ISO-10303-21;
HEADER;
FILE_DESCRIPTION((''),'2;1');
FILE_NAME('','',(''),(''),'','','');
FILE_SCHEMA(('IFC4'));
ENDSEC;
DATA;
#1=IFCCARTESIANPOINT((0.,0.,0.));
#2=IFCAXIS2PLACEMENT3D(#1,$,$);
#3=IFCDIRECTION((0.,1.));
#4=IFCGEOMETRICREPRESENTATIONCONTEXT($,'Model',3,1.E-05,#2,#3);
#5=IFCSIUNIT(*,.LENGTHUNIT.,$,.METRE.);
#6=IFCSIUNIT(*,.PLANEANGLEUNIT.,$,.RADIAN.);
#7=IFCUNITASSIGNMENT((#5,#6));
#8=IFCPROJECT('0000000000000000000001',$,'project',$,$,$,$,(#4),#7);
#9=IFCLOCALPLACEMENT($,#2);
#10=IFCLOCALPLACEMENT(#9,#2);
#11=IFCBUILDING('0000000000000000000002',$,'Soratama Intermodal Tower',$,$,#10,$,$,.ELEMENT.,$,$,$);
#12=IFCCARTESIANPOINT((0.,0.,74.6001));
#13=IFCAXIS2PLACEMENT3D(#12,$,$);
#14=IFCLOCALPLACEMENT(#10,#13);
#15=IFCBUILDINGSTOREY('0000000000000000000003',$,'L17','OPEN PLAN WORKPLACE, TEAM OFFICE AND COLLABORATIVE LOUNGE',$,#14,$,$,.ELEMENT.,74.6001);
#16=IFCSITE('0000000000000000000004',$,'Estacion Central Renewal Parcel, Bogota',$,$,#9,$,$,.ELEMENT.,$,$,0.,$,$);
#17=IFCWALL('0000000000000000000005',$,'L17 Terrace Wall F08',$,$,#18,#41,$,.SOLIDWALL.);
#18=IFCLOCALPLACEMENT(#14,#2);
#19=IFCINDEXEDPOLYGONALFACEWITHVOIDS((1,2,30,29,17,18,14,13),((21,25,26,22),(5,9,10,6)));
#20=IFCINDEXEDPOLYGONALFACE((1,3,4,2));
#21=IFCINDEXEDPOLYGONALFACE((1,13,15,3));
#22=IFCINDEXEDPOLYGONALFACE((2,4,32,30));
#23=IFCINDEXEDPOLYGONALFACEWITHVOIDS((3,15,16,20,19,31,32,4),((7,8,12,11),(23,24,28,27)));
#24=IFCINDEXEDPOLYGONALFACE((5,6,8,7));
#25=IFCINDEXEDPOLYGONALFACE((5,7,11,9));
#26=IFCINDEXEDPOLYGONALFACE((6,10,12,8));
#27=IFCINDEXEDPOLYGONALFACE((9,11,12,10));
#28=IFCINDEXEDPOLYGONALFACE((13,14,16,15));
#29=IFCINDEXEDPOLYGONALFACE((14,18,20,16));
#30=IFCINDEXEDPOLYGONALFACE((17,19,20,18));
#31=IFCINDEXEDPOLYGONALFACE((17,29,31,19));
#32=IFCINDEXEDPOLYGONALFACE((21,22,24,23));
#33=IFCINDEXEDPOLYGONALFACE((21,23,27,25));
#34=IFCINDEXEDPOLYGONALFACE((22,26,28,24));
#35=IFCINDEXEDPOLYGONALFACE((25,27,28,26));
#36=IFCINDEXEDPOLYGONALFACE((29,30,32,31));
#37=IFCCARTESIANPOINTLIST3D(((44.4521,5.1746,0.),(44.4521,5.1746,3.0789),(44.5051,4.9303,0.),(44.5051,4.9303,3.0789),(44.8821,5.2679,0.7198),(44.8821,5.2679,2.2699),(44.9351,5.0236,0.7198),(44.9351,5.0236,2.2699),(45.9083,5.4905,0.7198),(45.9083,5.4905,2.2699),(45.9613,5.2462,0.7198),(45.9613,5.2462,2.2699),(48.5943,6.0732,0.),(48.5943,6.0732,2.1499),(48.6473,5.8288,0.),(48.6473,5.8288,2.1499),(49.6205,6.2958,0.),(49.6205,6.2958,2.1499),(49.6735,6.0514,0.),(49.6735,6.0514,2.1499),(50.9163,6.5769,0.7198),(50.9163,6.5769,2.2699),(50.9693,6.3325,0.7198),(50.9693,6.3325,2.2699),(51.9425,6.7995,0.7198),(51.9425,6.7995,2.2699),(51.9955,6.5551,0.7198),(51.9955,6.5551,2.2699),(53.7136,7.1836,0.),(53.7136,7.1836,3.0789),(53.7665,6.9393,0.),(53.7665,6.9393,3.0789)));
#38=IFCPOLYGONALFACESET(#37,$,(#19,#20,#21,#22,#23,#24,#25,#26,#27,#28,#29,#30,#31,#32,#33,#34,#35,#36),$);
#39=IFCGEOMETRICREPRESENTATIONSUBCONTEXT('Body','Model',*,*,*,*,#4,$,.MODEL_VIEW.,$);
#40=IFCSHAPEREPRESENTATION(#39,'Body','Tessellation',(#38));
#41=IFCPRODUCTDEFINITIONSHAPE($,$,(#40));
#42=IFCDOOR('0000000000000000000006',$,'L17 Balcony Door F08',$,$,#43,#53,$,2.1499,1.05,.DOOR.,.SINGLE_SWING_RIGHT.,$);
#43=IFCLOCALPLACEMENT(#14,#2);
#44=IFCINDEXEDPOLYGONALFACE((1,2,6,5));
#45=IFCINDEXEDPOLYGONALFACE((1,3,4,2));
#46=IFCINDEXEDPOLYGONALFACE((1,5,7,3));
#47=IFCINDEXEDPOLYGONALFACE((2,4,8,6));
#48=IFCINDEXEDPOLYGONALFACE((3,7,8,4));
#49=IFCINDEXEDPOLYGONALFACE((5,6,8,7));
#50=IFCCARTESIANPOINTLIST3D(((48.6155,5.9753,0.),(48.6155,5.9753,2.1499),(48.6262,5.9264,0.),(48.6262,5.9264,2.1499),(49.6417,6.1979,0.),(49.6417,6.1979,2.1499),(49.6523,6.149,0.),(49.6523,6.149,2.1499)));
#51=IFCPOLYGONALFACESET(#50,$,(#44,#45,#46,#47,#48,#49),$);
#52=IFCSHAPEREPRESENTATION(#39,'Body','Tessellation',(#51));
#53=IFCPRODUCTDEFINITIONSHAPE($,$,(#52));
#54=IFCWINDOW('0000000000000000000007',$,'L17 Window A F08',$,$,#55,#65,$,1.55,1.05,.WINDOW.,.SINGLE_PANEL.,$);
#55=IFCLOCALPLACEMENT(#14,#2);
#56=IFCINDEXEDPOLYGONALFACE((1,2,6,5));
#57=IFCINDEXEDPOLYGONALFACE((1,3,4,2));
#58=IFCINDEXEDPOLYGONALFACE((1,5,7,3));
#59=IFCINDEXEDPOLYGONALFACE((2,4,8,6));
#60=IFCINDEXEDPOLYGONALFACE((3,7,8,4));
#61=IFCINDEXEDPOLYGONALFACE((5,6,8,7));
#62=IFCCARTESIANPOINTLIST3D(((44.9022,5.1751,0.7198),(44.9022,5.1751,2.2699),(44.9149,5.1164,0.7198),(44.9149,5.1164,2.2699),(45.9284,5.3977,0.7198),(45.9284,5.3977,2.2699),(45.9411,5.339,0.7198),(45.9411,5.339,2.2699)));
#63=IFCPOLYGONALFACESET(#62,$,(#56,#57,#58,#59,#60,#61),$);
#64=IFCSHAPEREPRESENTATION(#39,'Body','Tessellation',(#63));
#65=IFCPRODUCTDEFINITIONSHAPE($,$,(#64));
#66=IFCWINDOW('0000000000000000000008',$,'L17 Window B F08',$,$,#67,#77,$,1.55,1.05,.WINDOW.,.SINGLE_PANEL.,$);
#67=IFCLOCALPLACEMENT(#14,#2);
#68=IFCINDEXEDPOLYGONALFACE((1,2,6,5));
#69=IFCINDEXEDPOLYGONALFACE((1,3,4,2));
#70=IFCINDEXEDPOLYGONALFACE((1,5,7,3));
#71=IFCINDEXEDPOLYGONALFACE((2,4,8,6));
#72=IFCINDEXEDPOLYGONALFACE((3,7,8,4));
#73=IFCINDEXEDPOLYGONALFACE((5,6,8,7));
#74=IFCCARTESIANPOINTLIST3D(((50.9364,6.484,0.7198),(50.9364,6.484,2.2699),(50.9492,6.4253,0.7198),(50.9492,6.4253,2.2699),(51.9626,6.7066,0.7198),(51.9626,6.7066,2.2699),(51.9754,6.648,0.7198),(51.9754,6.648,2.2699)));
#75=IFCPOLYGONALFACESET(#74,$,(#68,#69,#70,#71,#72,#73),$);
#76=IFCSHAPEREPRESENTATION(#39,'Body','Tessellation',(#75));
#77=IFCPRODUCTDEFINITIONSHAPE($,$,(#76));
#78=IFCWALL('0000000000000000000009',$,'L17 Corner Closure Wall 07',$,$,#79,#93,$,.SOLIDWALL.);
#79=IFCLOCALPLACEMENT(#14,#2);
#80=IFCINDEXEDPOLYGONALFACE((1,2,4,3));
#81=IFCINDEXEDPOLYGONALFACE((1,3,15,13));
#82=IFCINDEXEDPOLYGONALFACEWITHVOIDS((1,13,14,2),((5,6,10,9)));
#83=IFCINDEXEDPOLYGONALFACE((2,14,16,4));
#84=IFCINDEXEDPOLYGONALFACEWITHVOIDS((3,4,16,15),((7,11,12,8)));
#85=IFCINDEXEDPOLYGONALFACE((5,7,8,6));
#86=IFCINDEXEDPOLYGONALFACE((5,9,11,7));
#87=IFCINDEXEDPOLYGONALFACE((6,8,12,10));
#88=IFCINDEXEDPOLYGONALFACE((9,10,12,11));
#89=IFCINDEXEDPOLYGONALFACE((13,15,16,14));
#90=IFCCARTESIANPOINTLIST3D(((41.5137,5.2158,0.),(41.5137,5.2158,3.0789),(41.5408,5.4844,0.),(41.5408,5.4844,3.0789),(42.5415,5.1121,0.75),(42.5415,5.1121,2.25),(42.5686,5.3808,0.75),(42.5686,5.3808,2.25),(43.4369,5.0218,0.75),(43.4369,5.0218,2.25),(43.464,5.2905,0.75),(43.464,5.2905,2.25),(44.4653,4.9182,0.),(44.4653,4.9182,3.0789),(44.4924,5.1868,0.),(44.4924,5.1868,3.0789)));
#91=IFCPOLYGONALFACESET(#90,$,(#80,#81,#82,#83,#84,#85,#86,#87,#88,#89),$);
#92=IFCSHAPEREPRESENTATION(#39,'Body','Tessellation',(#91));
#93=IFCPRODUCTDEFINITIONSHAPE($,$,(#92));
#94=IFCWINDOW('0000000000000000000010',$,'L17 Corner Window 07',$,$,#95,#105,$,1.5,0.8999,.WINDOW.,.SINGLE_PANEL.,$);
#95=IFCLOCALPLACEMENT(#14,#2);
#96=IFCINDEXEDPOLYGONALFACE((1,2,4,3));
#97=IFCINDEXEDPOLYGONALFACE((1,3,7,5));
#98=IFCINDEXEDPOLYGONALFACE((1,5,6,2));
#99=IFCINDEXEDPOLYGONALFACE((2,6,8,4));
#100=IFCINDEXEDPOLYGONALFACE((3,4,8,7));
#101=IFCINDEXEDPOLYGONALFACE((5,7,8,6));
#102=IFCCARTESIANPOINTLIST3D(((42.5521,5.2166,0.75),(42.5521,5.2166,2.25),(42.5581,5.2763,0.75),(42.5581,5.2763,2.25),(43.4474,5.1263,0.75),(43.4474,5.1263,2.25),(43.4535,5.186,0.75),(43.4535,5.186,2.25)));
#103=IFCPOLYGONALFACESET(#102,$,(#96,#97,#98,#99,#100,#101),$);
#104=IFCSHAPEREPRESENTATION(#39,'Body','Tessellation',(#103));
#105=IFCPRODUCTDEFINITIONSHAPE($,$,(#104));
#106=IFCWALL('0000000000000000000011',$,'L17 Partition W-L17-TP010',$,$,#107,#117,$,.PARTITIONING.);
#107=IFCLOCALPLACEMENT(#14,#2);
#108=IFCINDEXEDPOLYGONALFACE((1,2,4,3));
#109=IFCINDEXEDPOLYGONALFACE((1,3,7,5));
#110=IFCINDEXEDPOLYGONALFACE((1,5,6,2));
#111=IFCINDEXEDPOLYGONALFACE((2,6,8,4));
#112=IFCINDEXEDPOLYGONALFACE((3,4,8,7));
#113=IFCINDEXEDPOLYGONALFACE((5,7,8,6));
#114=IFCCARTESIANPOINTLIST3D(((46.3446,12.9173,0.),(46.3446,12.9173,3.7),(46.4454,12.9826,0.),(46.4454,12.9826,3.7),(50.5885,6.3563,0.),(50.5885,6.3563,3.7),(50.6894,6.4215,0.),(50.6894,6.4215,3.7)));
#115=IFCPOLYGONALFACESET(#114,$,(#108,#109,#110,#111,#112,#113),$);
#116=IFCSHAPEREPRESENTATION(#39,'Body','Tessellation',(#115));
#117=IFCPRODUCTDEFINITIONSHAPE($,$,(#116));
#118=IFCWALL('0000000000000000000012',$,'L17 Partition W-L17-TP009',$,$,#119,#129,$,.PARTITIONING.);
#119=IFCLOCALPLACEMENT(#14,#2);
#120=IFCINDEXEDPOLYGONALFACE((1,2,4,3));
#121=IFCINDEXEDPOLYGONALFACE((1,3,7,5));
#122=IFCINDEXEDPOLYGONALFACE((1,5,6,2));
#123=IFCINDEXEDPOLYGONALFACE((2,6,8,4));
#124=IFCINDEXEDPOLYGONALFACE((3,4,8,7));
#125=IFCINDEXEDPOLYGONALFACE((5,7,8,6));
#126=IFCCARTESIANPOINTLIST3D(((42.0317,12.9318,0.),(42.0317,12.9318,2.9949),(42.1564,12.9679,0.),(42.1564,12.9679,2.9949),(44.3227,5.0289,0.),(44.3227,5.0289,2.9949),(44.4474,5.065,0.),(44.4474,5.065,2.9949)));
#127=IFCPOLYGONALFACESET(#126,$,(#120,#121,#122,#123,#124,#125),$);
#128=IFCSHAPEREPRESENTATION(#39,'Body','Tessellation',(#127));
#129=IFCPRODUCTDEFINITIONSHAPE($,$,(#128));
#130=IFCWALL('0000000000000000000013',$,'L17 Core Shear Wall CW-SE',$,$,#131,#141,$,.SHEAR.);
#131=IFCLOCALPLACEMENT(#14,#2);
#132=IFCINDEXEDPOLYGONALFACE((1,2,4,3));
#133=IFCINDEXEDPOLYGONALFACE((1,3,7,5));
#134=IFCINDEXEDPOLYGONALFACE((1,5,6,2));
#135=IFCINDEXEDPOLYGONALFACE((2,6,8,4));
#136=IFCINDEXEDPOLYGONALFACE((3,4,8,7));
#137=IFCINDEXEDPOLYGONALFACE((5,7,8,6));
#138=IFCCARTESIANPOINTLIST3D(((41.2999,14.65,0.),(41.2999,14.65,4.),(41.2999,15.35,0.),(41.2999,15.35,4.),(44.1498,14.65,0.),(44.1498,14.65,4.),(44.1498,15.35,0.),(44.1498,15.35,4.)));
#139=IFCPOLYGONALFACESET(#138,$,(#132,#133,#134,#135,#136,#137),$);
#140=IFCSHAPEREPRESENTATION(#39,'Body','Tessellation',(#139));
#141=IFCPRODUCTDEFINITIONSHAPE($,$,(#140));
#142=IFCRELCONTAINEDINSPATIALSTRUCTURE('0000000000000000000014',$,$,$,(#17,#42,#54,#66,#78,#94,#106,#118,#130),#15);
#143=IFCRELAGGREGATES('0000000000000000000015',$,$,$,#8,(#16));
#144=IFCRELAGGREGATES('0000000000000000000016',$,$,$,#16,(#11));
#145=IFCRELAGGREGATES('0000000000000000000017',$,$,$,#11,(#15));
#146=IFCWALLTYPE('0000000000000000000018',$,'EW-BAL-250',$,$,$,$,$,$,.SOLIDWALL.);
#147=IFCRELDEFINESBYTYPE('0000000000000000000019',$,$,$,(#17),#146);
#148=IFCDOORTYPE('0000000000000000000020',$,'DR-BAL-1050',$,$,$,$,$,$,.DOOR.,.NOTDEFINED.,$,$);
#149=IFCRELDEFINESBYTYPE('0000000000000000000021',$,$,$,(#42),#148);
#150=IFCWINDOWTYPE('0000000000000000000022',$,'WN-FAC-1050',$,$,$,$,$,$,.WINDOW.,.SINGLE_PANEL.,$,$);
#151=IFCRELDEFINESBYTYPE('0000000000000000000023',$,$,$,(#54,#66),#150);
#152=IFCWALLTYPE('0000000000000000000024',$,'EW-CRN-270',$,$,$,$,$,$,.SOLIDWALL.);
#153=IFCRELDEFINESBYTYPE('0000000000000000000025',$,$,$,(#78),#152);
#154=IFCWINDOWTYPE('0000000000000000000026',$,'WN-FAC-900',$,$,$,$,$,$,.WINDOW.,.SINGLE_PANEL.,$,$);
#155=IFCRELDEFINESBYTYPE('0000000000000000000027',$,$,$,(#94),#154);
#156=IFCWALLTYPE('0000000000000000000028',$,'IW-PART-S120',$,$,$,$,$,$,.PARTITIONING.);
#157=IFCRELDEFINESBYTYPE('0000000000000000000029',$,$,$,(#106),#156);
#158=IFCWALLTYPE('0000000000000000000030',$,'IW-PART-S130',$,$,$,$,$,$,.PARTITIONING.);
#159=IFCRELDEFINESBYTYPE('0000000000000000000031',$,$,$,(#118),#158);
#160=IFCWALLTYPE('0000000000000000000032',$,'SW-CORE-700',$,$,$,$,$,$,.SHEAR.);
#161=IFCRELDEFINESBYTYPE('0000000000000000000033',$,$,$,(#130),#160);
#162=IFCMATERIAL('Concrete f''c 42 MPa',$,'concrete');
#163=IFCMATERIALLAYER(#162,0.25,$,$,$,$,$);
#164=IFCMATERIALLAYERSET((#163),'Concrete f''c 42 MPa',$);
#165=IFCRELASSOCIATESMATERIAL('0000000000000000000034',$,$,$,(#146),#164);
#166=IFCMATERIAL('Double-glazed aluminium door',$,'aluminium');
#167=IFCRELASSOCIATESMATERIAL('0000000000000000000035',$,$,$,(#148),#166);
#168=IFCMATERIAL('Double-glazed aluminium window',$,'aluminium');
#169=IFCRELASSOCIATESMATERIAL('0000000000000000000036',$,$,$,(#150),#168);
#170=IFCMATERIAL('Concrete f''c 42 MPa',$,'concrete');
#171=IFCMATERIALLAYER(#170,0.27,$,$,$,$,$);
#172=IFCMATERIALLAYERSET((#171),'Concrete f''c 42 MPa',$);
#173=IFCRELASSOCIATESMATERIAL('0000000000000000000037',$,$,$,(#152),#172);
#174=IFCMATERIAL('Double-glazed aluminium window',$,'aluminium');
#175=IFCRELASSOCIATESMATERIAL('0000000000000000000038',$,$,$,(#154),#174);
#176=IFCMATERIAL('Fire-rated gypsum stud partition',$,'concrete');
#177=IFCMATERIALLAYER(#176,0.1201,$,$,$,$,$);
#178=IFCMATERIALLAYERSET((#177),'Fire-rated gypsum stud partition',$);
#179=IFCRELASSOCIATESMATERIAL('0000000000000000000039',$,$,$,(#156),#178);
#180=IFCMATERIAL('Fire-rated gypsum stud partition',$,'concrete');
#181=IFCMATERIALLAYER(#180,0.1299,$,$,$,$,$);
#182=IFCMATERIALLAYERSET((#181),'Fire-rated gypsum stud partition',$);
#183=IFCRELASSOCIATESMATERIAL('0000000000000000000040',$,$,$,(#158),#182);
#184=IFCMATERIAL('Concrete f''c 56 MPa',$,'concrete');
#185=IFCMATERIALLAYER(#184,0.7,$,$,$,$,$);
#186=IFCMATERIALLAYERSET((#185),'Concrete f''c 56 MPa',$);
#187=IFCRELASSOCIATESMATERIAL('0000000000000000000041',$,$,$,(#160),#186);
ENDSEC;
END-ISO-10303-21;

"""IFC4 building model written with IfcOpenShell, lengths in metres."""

from ifc_helpers import new_model, si_unit, direction, frame, frame_2d, origin, place, context, subcontext, project, spatial, rectangle, extrude, material, layer, layer_set, type_object, element, fill, save


model = new_model("IFC4")

# Units and contexts
model_context = context("Model", 3, precision=1e-05, world=origin(), true_north=direction((0.0, 1.0)))
body_context = subcontext(model_context, "Body", "Model", "MODEL_VIEW")
ifc_project = project(units=[si_unit("LENGTHUNIT", "METRE"), si_unit("PLANEANGLEUNIT", "RADIAN")], contexts=[model_context])

# Site, building, storey
site_placement = place(None, origin())
site = spatial("IfcSite", under=ifc_project, at=site_placement, Name="Estacion Central Renewal Parcel, Bogota", CompositionType="ELEMENT", RefElevation=0.0)
building_placement = place(site_placement, origin())
building = spatial("IfcBuilding", under=site, at=building_placement, Name="Soratama Intermodal Tower", CompositionType="ELEMENT")
storey_placement = place(building_placement, frame((0.0, 0.0, 74.6001)))
storey = spatial("IfcBuildingStorey", under=building, at=storey_placement, Name="L17", Description="OPEN PLAN WORKPLACE, TEAM OFFICE AND COLLABORATIVE LOUNGE", CompositionType="ELEMENT", Elevation=74.6001)

# Wall, openings, door, windows
ifc_material_1 = material(Name="Concrete f'c 42 MPa", Category="concrete")
ifc_layer_1 = layer(ifc_material_1, 0.25)
ifc_layer_set_1 = layer_set([ifc_layer_1], Name="Concrete f'c 42 MPa")
wall_type_1 = type_object("IfcWallType", Name="EW-BAL-250", PredefinedType="SOLIDWALL", material=ifc_layer_set_1)
wall_1_placement = place(storey_placement, frame((44.4788, 5.0525, 0.0), z_axis=(0.0, 0.0, 1.0), x_axis=(0.977271, 0.211993, 0.0)))
wall_1 = element("IfcWall", 1, at=wall_1_placement, inside=storey, type_object=wall_type_1, Name="L17 Terrace Wall F08", PredefinedType="SOLIDWALL", context=body_context, shape_type="SweptSolid", body=[
    extrude(rectangle(XDim=9.4768, YDim=0.25, at=frame_2d((4.7383, 0.0))), origin(), (0.0, 0.0, 1.0), 3.0789),
])
opening_1_placement = place(wall_1_placement, frame((4.2385, 0.0, 0.0)))
opening_1 = element("IfcOpeningElement", 2, at=opening_1_placement, cuts=wall_1, PredefinedType="OPENING", context=body_context, shape_type="SweptSolid", body=[
    extrude(rectangle(XDim=1.05, YDim=2.1499, at=frame_2d((0.5249, 1.075))), frame((0.0, 0.135, 0.0), z_axis=(0.0, -1.0, 0.0), x_axis=(1.0, 0.0, 0.0)), (0.0, 0.0, 1.0), 0.27),
])
opening_2_placement = place(wall_1_placement, frame((0.4399, 0.0, 0.72)))
opening_2 = element("IfcOpeningElement", 3, at=opening_2_placement, cuts=wall_1, PredefinedType="OPENING", context=body_context, shape_type="SweptSolid", body=[
    extrude(rectangle(XDim=1.05, YDim=1.55, at=frame_2d((0.5249, 0.7749))), frame((0.0, 0.135, 0.0), z_axis=(0.0, -1.0, 0.0), x_axis=(1.0, 0.0, 0.0)), (0.0, 0.0, 1.0), 0.27),
])
opening_3_placement = place(wall_1_placement, frame((6.6145, 0.0, 0.72)))
opening_3 = element("IfcOpeningElement", 4, at=opening_3_placement, cuts=wall_1, PredefinedType="OPENING", context=body_context, shape_type="SweptSolid", body=[
    extrude(rectangle(XDim=1.05, YDim=1.55, at=frame_2d((0.5249, 0.7749))), frame((0.0, 0.135, 0.0), z_axis=(0.0, -1.0, 0.0), x_axis=(1.0, 0.0, 0.0)), (0.0, 0.0, 1.0), 0.27),
])
ifc_material_2 = material(Name="Double-glazed aluminium door", Category="aluminium")
door_type_1 = type_object("IfcDoorType", Name="DR-BAL-1050", OperationType="NOTDEFINED", PredefinedType="DOOR", material=ifc_material_2)
door_1_placement = place(opening_1_placement, origin())
door_1 = element("IfcDoor", 5, at=door_1_placement, inside=storey, type_object=door_type_1, Name="L17 Balcony Door F08", OperationType="SINGLE_SWING_RIGHT", OverallHeight=2.1499, OverallWidth=1.05, PredefinedType="DOOR", context=body_context, shape_type="SweptSolid", body=[
    extrude(rectangle(XDim=1.05, YDim=2.1499, at=frame_2d((0.5249, 1.075))), frame((0.0, 0.0249, 0.0), z_axis=(0.0, -1.0, 0.0), x_axis=(1.0, 0.0, 0.0)), (0.0, 0.0, 1.0), 0.05),
])
fill(opening_1, door_1)
ifc_material_3 = material(Name="Double-glazed aluminium window", Category="aluminium")
window_type_1 = type_object("IfcWindowType", Name="WN-FAC-1050", PartitioningType="SINGLE_PANEL", PredefinedType="WINDOW", material=ifc_material_3)
window_1_placement = place(opening_2_placement, origin())
window_1 = element("IfcWindow", 6, at=window_1_placement, inside=storey, type_object=window_type_1, Name="L17 Window A F08", OverallHeight=1.55, OverallWidth=1.05, PartitioningType="SINGLE_PANEL", PredefinedType="WINDOW", context=body_context, shape_type="SweptSolid", body=[
    extrude(rectangle(XDim=1.05, YDim=1.55, at=frame_2d((0.5249, 0.7749))), frame((0.0, 0.03, 0.0), z_axis=(0.0, -1.0, 0.0), x_axis=(1.0, 0.0, 0.0)), (0.0, 0.0, 1.0), 0.0601),
])
fill(opening_2, window_1)
window_2_placement = place(opening_3_placement, origin())
window_2 = element("IfcWindow", 7, at=window_2_placement, inside=storey, type_object=window_type_1, Name="L17 Window B F08", OverallHeight=1.55, OverallWidth=1.05, PartitioningType="SINGLE_PANEL", PredefinedType="WINDOW", context=body_context, shape_type="SweptSolid", body=[
    extrude(rectangle(XDim=1.05, YDim=1.55, at=frame_2d((0.5249, 0.7749))), frame((0.0, 0.03, 0.0), z_axis=(0.0, -1.0, 0.0), x_axis=(1.0, 0.0, 0.0)), (0.0, 0.0, 1.0), 0.0601),
])
fill(opening_3, window_2)

# Wall, opening, window
ifc_material_4 = material(Name="Concrete f'c 42 MPa", Category="concrete")
ifc_layer_2 = layer(ifc_material_4, 0.27)
ifc_layer_set_2 = layer_set([ifc_layer_2], Name="Concrete f'c 42 MPa")
wall_type_2 = type_object("IfcWallType", Name="EW-CRN-270", PredefinedType="SOLIDWALL", material=ifc_layer_set_2)
wall_2_placement = place(storey_placement, frame((41.5271, 5.3501, 0.0), z_axis=(0.0, 0.0, 1.0), x_axis=(0.994955, -0.100318, 0.0)))
wall_2 = element("IfcWall", 8, at=wall_2_placement, inside=storey, type_object=wall_type_2, Name="L17 Corner Closure Wall 07", PredefinedType="SOLIDWALL", context=body_context, shape_type="SweptSolid", body=[
    extrude(rectangle(XDim=2.9666, YDim=0.27, at=frame_2d((1.4834, 0.0))), origin(), (0.0, 0.0, 1.0), 3.0789),
])
opening_4_placement = place(wall_2_placement, frame((1.0332, 0.0, 0.75)))
opening_4 = element("IfcOpeningElement", 9, at=opening_4_placement, cuts=wall_2, PredefinedType="OPENING", context=body_context, shape_type="SweptSolid", body=[
    extrude(rectangle(XDim=0.8999, YDim=1.5, at=frame_2d((0.45, 0.75))), frame((0.0, 0.145, 0.0), z_axis=(0.0, -1.0, 0.0), x_axis=(1.0, 0.0, 0.0)), (0.0, 0.0, 1.0), 0.29),
])
ifc_material_5 = material(Name="Double-glazed aluminium window", Category="aluminium")
window_type_2 = type_object("IfcWindowType", Name="WN-FAC-900", PartitioningType="SINGLE_PANEL", PredefinedType="WINDOW", material=ifc_material_5)
window_3_placement = place(opening_4_placement, origin())
window_3 = element("IfcWindow", 10, at=window_3_placement, inside=storey, type_object=window_type_2, Name="L17 Corner Window 07", OverallHeight=1.5, OverallWidth=0.8999, PartitioningType="SINGLE_PANEL", PredefinedType="WINDOW", context=body_context, shape_type="SweptSolid", body=[
    extrude(rectangle(XDim=0.8999, YDim=1.5, at=frame_2d((0.45, 0.75))), frame((0.0, 0.03, 0.0), z_axis=(0.0, -1.0, 0.0), x_axis=(1.0, 0.0, 0.0)), (0.0, 0.0, 1.0), 0.0601),
])
fill(opening_4, window_3)

# Walls
ifc_material_6 = material(Name="Fire-rated gypsum stud partition", Category="concrete")
ifc_layer_3 = layer(ifc_material_6, 0.1201)
ifc_layer_set_3 = layer_set([ifc_layer_3], Name="Fire-rated gypsum stud partition")
wall_type_3 = type_object("IfcWallType", Name="IW-PART-S120", PredefinedType="PARTITIONING", material=ifc_layer_set_3)
wall_3_placement = place(storey_placement, frame((46.395, 12.95, 0.0), z_axis=(0.0, 0.0, 1.0), x_axis=(0.543118, -0.839656, 0.0)))
element("IfcWall", 11, at=wall_3_placement, inside=storey, type_object=wall_type_3, Name="L17 Partition W-L17-TP010", PredefinedType="PARTITIONING", context=body_context, shape_type="SweptSolid", body=[
    extrude(rectangle(XDim=7.814, YDim=0.1201, at=frame_2d((3.907, 0.0))), origin(), (0.0, 0.0, 1.0), 3.7),
])
ifc_material_7 = material(Name="Fire-rated gypsum stud partition", Category="concrete")
ifc_layer_4 = layer(ifc_material_7, 0.1299)
ifc_layer_set_4 = layer_set([ifc_layer_4], Name="Fire-rated gypsum stud partition")
wall_type_4 = type_object("IfcWallType", Name="IW-PART-S130", PredefinedType="PARTITIONING", material=ifc_layer_set_4)
wall_4_placement = place(storey_placement, frame((42.094, 12.95, 0.0), z_axis=(0.0, 0.0, 1.0), x_axis=(0.278434, -0.960455, 0.0)))
element("IfcWall", 12, at=wall_4_placement, inside=storey, type_object=wall_type_4, Name="L17 Partition W-L17-TP009", PredefinedType="PARTITIONING", context=body_context, shape_type="SweptSolid", body=[
    extrude(rectangle(XDim=8.2283, YDim=0.1299, at=frame_2d((4.1143, 0.0))), origin(), (0.0, 0.0, 1.0), 2.9949),
])
ifc_material_8 = material(Name="Concrete f'c 56 MPa", Category="concrete")
ifc_layer_5 = layer(ifc_material_8, 0.7)
ifc_layer_set_5 = layer_set([ifc_layer_5], Name="Concrete f'c 56 MPa")
wall_type_5 = type_object("IfcWallType", Name="SW-CORE-700", PredefinedType="SHEAR", material=ifc_layer_set_5)
wall_5_placement = place(storey_placement, frame((41.3, 15.0, 0.0), z_axis=(0.0, 0.0, 1.0), x_axis=(1.0, 0.0, 0.0)))
element("IfcWall", 13, at=wall_5_placement, inside=storey, type_object=wall_type_5, Name="L17 Core Shear Wall CW-SE", PredefinedType="SHEAR", context=body_context, shape_type="SweptSolid", body=[
    extrude(rectangle(XDim=2.8499, YDim=0.7, at=frame_2d((1.4248, 0.0))), origin(), (0.0, 0.0, 1.0), 4.0),
])

save(model, "model.ifc")
